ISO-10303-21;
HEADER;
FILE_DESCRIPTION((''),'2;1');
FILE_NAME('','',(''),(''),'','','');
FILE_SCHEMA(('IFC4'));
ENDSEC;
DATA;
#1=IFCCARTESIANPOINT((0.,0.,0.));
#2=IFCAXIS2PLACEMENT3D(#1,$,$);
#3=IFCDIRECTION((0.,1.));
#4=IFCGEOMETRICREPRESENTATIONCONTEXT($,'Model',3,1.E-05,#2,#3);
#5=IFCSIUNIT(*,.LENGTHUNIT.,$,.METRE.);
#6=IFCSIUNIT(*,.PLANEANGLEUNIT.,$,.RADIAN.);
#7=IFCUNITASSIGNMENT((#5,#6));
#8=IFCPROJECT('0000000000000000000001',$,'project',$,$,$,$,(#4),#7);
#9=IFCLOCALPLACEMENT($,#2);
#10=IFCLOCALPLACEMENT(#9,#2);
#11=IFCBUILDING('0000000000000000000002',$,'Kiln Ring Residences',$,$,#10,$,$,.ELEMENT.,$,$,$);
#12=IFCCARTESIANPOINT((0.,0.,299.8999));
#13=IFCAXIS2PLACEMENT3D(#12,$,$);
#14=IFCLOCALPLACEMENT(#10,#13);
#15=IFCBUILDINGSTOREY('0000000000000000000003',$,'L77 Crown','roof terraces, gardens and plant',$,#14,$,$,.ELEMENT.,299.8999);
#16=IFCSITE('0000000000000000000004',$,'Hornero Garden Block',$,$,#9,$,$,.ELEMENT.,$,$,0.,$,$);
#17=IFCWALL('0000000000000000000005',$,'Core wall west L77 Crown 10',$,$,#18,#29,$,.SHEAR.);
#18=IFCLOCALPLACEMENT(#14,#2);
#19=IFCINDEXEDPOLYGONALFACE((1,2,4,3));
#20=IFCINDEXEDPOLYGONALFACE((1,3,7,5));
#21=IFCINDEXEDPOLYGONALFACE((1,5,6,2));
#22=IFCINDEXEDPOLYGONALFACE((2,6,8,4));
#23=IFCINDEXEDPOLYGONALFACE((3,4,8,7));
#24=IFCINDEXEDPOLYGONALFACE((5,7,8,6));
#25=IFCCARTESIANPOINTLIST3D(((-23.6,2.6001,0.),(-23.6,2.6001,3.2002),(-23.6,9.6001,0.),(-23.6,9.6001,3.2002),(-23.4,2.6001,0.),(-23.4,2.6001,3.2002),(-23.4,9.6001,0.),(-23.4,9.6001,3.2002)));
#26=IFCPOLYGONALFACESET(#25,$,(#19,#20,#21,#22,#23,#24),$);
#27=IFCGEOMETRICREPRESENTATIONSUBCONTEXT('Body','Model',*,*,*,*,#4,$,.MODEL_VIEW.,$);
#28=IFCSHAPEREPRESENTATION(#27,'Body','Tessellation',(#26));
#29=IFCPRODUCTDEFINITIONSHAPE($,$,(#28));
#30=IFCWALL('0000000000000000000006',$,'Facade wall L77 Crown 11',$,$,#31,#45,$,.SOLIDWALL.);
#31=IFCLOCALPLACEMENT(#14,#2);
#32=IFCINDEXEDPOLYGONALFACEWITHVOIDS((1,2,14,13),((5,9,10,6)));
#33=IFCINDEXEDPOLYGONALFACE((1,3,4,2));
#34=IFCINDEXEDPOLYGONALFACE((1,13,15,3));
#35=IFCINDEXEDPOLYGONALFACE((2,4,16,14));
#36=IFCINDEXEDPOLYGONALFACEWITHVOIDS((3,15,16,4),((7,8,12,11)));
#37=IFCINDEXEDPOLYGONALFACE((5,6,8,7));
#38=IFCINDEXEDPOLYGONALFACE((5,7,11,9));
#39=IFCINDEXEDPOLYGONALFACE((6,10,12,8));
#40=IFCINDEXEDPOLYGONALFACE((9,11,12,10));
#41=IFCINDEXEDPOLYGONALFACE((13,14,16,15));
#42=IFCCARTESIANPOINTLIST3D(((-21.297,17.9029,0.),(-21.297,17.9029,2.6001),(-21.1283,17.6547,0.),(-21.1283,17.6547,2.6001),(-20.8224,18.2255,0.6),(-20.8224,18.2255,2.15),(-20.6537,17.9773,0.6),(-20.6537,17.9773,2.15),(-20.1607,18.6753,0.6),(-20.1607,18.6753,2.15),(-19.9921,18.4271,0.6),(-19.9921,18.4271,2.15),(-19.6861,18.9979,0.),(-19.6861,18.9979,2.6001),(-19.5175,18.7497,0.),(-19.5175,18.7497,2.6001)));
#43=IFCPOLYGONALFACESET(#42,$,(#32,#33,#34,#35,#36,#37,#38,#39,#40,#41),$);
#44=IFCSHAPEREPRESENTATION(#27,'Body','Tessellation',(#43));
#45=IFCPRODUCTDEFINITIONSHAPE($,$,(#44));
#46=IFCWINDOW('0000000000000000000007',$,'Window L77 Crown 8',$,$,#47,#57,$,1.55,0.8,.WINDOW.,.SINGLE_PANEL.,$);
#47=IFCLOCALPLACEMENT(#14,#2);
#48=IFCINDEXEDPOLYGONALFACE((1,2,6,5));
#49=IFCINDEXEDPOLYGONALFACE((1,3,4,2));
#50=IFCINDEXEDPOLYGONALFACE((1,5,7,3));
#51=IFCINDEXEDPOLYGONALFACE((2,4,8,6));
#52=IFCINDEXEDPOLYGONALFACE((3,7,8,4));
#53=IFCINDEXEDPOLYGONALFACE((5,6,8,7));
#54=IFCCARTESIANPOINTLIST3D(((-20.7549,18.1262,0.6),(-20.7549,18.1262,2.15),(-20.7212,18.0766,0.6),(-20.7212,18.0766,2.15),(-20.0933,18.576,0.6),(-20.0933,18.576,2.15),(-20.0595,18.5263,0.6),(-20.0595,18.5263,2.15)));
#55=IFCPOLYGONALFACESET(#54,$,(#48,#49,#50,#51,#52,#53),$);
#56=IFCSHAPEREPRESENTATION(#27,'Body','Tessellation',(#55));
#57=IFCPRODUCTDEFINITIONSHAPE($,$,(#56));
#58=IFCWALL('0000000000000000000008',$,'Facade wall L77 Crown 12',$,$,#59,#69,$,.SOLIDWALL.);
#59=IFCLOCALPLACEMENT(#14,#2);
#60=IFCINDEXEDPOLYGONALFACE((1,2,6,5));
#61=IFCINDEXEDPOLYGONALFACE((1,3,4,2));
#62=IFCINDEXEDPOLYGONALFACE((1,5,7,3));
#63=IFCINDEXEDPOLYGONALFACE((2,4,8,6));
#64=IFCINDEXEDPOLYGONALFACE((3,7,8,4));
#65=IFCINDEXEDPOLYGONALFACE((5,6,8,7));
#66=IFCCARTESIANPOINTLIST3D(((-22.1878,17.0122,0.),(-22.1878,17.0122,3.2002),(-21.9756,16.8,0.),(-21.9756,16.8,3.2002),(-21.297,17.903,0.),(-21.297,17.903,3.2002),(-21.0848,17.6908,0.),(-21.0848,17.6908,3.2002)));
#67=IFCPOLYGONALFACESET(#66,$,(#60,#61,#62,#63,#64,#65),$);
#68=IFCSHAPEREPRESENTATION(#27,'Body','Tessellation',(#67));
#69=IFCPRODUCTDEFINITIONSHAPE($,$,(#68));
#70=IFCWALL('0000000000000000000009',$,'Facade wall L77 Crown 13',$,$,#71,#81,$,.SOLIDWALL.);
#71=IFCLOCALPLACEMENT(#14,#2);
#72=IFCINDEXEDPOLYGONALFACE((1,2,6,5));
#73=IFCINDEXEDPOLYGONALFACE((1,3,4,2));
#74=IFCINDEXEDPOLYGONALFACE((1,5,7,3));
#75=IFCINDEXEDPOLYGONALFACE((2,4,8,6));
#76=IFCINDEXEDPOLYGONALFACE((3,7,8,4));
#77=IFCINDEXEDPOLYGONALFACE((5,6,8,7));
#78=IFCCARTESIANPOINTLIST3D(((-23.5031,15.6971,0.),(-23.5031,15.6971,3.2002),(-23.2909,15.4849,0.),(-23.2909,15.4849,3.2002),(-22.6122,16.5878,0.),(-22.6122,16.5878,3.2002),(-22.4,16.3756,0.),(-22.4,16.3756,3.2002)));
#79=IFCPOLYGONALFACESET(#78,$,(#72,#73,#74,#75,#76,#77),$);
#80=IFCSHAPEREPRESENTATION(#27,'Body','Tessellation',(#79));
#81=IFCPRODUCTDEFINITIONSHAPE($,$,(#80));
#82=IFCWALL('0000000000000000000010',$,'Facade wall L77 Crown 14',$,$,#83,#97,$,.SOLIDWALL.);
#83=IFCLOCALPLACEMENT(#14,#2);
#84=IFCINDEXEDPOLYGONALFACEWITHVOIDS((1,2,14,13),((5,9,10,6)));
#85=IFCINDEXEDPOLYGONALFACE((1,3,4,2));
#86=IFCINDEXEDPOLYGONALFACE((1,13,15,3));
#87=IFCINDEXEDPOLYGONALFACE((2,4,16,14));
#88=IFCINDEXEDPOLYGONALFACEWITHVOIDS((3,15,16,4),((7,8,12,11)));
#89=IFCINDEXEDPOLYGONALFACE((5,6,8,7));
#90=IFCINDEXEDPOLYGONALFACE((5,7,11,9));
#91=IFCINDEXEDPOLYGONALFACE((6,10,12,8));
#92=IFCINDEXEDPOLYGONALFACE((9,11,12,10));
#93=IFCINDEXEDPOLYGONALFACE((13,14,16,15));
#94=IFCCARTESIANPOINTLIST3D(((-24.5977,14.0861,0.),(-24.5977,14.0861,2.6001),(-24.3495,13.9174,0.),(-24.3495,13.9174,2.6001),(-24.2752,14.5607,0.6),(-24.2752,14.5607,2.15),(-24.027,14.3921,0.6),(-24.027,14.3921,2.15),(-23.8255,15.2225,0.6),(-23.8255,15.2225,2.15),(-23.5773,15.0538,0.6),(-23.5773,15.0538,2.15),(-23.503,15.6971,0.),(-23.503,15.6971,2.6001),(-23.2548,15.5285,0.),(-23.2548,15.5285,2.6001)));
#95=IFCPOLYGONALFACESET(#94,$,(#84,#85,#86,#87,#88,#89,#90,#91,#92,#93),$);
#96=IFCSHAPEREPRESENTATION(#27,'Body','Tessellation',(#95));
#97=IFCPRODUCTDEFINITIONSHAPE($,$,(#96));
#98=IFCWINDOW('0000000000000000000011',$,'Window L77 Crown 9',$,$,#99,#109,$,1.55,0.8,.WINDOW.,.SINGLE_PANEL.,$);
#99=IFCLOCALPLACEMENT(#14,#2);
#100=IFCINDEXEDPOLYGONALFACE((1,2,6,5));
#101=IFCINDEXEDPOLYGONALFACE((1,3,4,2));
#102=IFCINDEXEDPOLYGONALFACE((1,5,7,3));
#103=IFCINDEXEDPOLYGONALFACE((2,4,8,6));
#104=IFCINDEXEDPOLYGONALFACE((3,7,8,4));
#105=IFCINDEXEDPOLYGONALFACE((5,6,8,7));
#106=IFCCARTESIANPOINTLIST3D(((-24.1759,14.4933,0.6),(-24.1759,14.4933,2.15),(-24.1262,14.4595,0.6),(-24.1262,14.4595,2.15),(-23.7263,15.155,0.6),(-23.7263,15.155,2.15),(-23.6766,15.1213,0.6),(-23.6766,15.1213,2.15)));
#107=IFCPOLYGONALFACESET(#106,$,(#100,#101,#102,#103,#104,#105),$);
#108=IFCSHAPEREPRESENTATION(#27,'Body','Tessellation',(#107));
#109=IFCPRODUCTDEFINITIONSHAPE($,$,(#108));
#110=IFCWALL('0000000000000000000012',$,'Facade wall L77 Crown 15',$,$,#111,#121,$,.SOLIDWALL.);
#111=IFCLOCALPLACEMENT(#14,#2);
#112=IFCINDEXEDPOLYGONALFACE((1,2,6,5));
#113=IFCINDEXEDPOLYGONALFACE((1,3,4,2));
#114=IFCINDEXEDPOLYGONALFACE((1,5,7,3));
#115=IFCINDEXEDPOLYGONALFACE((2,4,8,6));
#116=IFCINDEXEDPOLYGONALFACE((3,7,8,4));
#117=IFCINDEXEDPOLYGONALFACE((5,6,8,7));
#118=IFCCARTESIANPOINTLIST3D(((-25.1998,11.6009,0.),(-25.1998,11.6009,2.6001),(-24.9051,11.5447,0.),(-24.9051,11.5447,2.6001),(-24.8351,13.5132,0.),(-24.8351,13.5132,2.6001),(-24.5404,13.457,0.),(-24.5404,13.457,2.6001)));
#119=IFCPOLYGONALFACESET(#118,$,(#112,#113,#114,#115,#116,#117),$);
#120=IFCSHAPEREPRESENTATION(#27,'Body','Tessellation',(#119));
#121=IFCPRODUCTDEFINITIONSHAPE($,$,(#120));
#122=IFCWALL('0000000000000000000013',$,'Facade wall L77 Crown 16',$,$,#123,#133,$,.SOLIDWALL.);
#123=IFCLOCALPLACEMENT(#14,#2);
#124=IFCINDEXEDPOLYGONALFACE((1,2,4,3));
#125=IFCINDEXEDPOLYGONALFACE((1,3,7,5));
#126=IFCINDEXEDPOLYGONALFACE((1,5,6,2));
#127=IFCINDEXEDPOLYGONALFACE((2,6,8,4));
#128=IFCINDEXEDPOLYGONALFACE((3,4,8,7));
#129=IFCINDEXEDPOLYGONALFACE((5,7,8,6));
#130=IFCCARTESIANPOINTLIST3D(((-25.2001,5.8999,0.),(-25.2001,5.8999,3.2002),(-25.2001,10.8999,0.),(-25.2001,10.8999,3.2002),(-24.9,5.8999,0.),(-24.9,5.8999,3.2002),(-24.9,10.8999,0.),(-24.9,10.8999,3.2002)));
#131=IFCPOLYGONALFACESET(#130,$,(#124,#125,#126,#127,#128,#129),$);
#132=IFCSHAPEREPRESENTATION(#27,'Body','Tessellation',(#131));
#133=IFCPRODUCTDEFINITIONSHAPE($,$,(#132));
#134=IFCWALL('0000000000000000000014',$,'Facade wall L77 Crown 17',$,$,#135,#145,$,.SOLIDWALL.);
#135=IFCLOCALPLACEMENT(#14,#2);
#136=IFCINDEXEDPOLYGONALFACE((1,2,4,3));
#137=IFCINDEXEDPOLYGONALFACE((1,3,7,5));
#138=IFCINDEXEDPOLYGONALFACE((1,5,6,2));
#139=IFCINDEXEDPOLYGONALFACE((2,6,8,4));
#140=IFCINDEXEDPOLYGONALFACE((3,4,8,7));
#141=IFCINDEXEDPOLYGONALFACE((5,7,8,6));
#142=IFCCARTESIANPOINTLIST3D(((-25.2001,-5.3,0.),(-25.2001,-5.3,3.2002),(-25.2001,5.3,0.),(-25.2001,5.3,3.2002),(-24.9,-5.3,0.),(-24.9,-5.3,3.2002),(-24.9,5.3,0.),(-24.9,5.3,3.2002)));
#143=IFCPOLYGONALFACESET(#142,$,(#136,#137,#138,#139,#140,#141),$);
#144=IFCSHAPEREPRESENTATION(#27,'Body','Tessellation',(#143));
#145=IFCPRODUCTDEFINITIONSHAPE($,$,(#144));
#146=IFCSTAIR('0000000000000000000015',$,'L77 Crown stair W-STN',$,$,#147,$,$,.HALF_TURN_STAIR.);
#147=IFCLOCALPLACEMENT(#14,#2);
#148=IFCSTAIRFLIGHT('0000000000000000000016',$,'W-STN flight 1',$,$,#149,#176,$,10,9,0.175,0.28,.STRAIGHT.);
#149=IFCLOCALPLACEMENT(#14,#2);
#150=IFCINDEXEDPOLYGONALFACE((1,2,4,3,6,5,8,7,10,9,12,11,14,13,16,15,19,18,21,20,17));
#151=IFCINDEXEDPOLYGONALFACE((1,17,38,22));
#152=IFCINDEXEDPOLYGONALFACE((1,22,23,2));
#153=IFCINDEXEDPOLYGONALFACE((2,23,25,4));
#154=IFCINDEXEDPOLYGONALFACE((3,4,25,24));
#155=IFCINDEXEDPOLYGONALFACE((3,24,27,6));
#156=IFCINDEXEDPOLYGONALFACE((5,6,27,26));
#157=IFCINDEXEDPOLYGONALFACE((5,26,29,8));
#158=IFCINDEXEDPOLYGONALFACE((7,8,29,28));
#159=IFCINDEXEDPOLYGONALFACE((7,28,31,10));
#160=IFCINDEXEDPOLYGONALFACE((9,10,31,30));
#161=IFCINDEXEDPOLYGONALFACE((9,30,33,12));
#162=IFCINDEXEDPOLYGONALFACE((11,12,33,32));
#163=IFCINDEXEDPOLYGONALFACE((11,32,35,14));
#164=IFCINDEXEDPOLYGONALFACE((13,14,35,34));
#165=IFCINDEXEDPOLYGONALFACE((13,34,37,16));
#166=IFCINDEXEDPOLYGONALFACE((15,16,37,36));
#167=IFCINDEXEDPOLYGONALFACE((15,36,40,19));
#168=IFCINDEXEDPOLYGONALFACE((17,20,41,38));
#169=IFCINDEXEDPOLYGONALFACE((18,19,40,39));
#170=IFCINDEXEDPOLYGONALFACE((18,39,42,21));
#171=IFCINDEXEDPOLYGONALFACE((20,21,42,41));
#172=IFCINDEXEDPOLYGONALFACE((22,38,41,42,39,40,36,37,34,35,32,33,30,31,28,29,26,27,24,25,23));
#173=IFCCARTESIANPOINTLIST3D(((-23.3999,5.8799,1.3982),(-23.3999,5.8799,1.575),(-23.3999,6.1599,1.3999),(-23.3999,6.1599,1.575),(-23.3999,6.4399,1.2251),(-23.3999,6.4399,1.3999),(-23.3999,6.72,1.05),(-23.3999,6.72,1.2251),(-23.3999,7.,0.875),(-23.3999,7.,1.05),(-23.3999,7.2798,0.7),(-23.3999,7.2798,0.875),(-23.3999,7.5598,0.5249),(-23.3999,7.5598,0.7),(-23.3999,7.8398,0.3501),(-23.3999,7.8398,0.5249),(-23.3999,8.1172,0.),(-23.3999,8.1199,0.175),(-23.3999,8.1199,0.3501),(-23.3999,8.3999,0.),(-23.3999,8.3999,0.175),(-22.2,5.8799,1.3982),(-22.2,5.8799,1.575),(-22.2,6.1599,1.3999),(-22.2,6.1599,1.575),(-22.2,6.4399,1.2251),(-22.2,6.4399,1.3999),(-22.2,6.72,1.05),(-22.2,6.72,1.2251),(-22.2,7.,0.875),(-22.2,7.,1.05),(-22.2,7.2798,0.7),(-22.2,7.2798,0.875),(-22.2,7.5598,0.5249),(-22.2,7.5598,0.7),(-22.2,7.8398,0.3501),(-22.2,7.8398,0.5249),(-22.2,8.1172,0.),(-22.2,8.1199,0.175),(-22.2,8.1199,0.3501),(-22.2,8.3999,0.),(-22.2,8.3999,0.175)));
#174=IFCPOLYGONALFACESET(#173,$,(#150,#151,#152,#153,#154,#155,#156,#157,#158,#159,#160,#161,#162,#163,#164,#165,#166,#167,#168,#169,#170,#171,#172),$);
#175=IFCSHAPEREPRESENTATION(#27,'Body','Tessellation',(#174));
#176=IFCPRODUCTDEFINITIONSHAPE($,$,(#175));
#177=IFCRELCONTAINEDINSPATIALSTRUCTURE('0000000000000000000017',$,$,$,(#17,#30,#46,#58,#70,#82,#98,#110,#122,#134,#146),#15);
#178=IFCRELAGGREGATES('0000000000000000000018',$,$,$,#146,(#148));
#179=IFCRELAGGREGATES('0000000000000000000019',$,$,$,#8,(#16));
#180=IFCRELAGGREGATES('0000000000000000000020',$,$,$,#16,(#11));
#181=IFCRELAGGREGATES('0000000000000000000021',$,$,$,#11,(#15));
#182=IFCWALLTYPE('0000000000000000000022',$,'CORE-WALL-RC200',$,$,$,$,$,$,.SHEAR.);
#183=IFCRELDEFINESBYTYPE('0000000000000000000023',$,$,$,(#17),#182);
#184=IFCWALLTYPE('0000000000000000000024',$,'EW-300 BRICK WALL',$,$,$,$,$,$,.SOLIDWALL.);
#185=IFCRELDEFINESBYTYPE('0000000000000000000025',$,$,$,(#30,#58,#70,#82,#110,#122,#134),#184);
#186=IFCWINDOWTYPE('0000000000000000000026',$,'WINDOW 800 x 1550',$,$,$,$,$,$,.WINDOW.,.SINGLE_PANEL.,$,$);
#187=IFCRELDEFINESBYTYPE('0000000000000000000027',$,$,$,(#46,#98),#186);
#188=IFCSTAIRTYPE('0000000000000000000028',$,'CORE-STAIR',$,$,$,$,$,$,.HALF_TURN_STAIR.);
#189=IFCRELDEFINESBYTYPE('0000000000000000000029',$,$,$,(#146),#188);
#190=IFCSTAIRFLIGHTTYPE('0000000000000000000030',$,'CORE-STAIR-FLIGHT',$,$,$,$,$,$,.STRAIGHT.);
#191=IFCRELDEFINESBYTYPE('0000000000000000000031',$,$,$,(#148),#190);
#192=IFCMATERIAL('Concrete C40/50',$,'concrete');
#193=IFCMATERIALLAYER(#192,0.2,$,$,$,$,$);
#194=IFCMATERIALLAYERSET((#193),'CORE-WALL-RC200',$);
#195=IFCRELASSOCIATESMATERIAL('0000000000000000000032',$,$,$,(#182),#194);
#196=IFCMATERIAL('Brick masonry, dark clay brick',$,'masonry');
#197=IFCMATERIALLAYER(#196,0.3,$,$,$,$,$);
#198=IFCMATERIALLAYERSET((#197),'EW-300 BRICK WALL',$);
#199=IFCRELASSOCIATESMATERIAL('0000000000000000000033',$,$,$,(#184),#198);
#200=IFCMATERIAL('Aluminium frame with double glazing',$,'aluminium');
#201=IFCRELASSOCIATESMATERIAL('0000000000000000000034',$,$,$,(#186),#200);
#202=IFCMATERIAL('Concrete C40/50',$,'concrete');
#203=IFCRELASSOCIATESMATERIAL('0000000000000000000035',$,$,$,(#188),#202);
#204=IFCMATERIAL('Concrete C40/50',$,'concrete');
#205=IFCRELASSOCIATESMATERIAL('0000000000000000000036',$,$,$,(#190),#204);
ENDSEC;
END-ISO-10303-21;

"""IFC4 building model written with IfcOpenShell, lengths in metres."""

from ifc_helpers import new_model, si_unit, direction, frame, frame_2d, origin, place, context, subcontext, project, spatial, polyline, rectangle, outline, extrude, material, layer, layer_set, type_object, element, fill, aggregate, save


model = new_model("IFC4")

# Units and contexts
model_context = context("Model", 3, precision=1e-05, world=origin(), true_north=direction((0.0, 1.0)))
body_context = subcontext(model_context, "Body", "Model", "MODEL_VIEW")
ifc_project = project(units=[si_unit("LENGTHUNIT", "METRE"), si_unit("PLANEANGLEUNIT", "RADIAN")], contexts=[model_context])

# Site, building, storey
site_placement = place(None, origin())
site = spatial("IfcSite", under=ifc_project, at=site_placement, Name="Hornero Garden Block", CompositionType="ELEMENT", RefElevation=0.0)
building_placement = place(site_placement, origin())
building = spatial("IfcBuilding", under=site, at=building_placement, Name="Kiln Ring Residences", CompositionType="ELEMENT")
storey_placement = place(building_placement, frame((0.0, 0.0, 299.8999)))
storey = spatial("IfcBuildingStorey", under=building, at=storey_placement, Name="L77 Crown", Description="roof terraces, gardens and plant", CompositionType="ELEMENT", Elevation=299.8999)

# Wall
ifc_material_1 = material(Name="Concrete C40/50", Category="concrete")
ifc_layer_1 = layer(ifc_material_1, 0.2)
ifc_layer_set_1 = layer_set([ifc_layer_1], Name="CORE-WALL-RC200")
wall_type_1 = type_object("IfcWallType", Name="CORE-WALL-RC200", PredefinedType="SHEAR", material=ifc_layer_set_1)
wall_1_placement = place(storey_placement, frame((-23.5, 2.6001, 0.0), z_axis=(0.0, 0.0, 1.0), x_axis=(0.0, 1.0, 0.0)))
element("IfcWall", 1, at=wall_1_placement, inside=storey, type_object=wall_type_1, Name="Core wall west L77 Crown 10", PredefinedType="SHEAR", context=body_context, shape_type="SweptSolid", body=[
    extrude(rectangle(XDim=7.0, YDim=0.2, at=frame_2d((3.5, 0.0))), origin(), (0.0, 0.0, 1.0), 3.2002),
])

# Wall, opening, window
ifc_material_2 = material(Name="Brick masonry, dark clay brick", Category="masonry")
ifc_layer_2 = layer(ifc_material_2, 0.3)
ifc_layer_set_2 = layer_set([ifc_layer_2], Name="EW-300 BRICK WALL")
wall_type_2 = type_object("IfcWallType", Name="EW-300 BRICK WALL", PredefinedType="SOLIDWALL", material=ifc_layer_set_2)
wall_2_placement = place(storey_placement, frame((-19.6018, 18.8738, 0.0), z_axis=(0.0, 0.0, 1.0), x_axis=(-0.827022, -0.562169, 0.0)))
wall_2 = element("IfcWall", 2, at=wall_2_placement, inside=storey, type_object=wall_type_2, Name="Facade wall L77 Crown 11", PredefinedType="SOLIDWALL", context=body_context, shape_type="SweptSolid", body=[
    extrude(rectangle(XDim=1.9478, YDim=0.3, at=frame_2d((0.9739, 0.0))), origin(), (0.0, 0.0, 1.0), 2.6001),
])
opening_1_placement = place(wall_2_placement, frame((0.574, 0.0, 0.6001)))
opening_1 = element("IfcOpeningElement", 3, at=opening_1_placement, cuts=wall_2, PredefinedType="OPENING", context=body_context, shape_type="SweptSolid", body=[
    extrude(rectangle(XDim=0.8, YDim=1.55, at=frame_2d((0.3999, 0.7749))), frame((0.0, 0.1599, 0.0), z_axis=(0.0, -1.0, 0.0), x_axis=(1.0, 0.0, 0.0)), (0.0, 0.0, 1.0), 0.3201),
])
ifc_material_3 = material(Name="Aluminium frame with double glazing", Category="aluminium")
window_type = type_object("IfcWindowType", Name="WINDOW 800 x 1550", PartitioningType="SINGLE_PANEL", PredefinedType="WINDOW", material=ifc_material_3)
window_1_placement = place(opening_1_placement, origin())
window_1 = element("IfcWindow", 4, at=window_1_placement, inside=storey, type_object=window_type, Name="Window L77 Crown 8", OverallHeight=1.55, OverallWidth=0.8, PartitioningType="SINGLE_PANEL", PredefinedType="WINDOW", context=body_context, shape_type="SweptSolid", body=[
    extrude(rectangle(XDim=0.8, YDim=1.55, at=frame_2d((0.3999, 0.7749))), frame((0.0, 0.03, 0.0), z_axis=(0.0, -1.0, 0.0), x_axis=(1.0, 0.0, 0.0)), (0.0, 0.0, 1.0), 0.0601),
])
fill(opening_1, window_1)

# Walls
for number, where, z_axis, x_axis, name in (
    (5, (-21.1909, 17.7969, 0.0), (0.0, 0.0, 1.0), (-0.707107, -0.707107, 0.0), "Facade wall L77 Crown 12"),
    (6, (-22.5061, 16.4817, 0.0), (0.0, 0.0, 1.0), (-0.707204, -0.70701, 0.0), "Facade wall L77 Crown 13"),
):
    element("IfcWall", number, at=place(storey_placement, frame(where, z_axis=z_axis, x_axis=x_axis)), inside=storey, type_object=wall_type_2, Name=name, PredefinedType="SOLIDWALL", context=body_context, shape_type="SweptSolid", body=[
        extrude(rectangle(XDim=1.2598, YDim=0.3, at=frame_2d((0.6299, 0.0))), origin(), (0.0, 0.0, 1.0), 3.2002),
    ])

# Wall, opening, window
wall_3_placement = place(storey_placement, frame((-23.3789, 15.6128, 0.0), z_axis=(0.0, 0.0, 1.0), x_axis=(-0.562025, -0.82712, 0.0)))
wall_3 = element("IfcWall", 7, at=wall_3_placement, inside=storey, type_object=wall_type_2, Name="Facade wall L77 Crown 14", PredefinedType="SOLIDWALL", context=body_context, shape_type="SweptSolid", body=[
    extrude(rectangle(XDim=1.9478, YDim=0.3, at=frame_2d((0.9739, 0.0))), origin(), (0.0, 0.0, 1.0), 2.6001),
])
opening_2_placement = place(wall_3_placement, frame((0.574, 0.0, 0.6001)))
opening_2 = element("IfcOpeningElement", 8, at=opening_2_placement, cuts=wall_3, PredefinedType="OPENING", context=body_context, shape_type="SweptSolid", body=[
    extrude(rectangle(XDim=0.8, YDim=1.55, at=frame_2d((0.3999, 0.7749))), frame((0.0, 0.1599, 0.0), z_axis=(0.0, -1.0, 0.0), x_axis=(1.0, 0.0, 0.0)), (0.0, 0.0, 1.0), 0.3201),
])
window_2_placement = place(opening_2_placement, origin())
window_2 = element("IfcWindow", 9, at=window_2_placement, inside=storey, type_object=window_type, Name="Window L77 Crown 9", OverallHeight=1.55, OverallWidth=0.8, PartitioningType="SINGLE_PANEL", PredefinedType="WINDOW", context=body_context, shape_type="SweptSolid", body=[
    extrude(rectangle(XDim=0.8, YDim=1.55, at=frame_2d((0.3999, 0.7749))), frame((0.0, 0.03, 0.0), z_axis=(0.0, -1.0, 0.0), x_axis=(1.0, 0.0, 0.0)), (0.0, 0.0, 1.0), 0.0601),
])
fill(opening_2, window_2)

# Walls
wall_4_placement = place(storey_placement, frame((-24.6877, 13.4851, 0.0), z_axis=(0.0, 0.0, 1.0), x_axis=(-0.187354, -0.982292, 0.0)))
element("IfcWall", 10, at=wall_4_placement, inside=storey, type_object=wall_type_2, Name="Facade wall L77 Crown 15", PredefinedType="SOLIDWALL", context=body_context, shape_type="SweptSolid", body=[
    extrude(rectangle(XDim=1.9468, YDim=0.3, at=frame_2d((0.9734, 0.0))), origin(), (0.0, 0.0, 1.0), 2.6001),
])
wall_5_placement = place(storey_placement, frame((-25.05, 10.8999, 0.0), z_axis=(0.0, 0.0, 1.0), x_axis=(0.0, -1.0, 0.0)))
element("IfcWall", 11, at=wall_5_placement, inside=storey, type_object=wall_type_2, Name="Facade wall L77 Crown 16", PredefinedType="SOLIDWALL", context=body_context, shape_type="SweptSolid", body=[
    extrude(rectangle(XDim=5.0, YDim=0.3, at=frame_2d((2.5, 0.0))), origin(), (0.0, 0.0, 1.0), 3.2002),
])
wall_6_placement = place(storey_placement, frame((-25.05, 5.3, 0.0), z_axis=(0.0, 0.0, 1.0), x_axis=(0.0, -1.0, 0.0)))
element("IfcWall", 12, at=wall_6_placement, inside=storey, type_object=wall_type_2, Name="Facade wall L77 Crown 17", PredefinedType="SOLIDWALL", context=body_context, shape_type="SweptSolid", body=[
    extrude(rectangle(XDim=10.6001, YDim=0.3, at=frame_2d((5.3, 0.0))), origin(), (0.0, 0.0, 1.0), 3.2002),
])

# Stair, stair flight
ifc_material_4 = material(Name="Concrete C40/50", Category="concrete")
stair_type = type_object("IfcStairType", Name="CORE-STAIR", PredefinedType="HALF_TURN_STAIR", material=ifc_material_4)
stair_placement = place(storey_placement, origin())
stair = element("IfcStair", 13, at=stair_placement, inside=storey, type_object=stair_type, Name="L77 Crown stair W-STN", PredefinedType="HALF_TURN_STAIR")
ifc_material_5 = material(Name="Concrete C40/50", Category="concrete")
stair_flight_type = type_object("IfcStairFlightType", Name="CORE-STAIR-FLIGHT", PredefinedType="STRAIGHT", material=ifc_material_5)
stair_flight_1_placement = place(storey_placement, frame((-22.8, 8.3999, 0.0), z_axis=(0.0, 0.0, 1.0), x_axis=(0.0, -1.0, 0.0)))
stair_flight_1 = element("IfcStairFlight", 14, at=stair_flight_1_placement, type_object=stair_flight_type, Name="W-STN flight 1", NumberOfRisers=10, NumberOfTreads=9, PredefinedType="STRAIGHT", RiserHeight=0.175, TreadLength=0.28, context=body_context, shape_type="SweptSolid", body=[
    extrude(outline(polyline([(0.0, 0.0), (0.0, 0.175), (0.28, 0.175), (0.28, 0.3501), (0.5601, 0.3501), (0.5601, 0.5249), (0.8401, 0.5249), (0.8401, 0.7), (1.1201, 0.7), (1.1201, 0.875), (1.3999, 0.875), (1.3999, 1.05), (1.6799, 1.05), (1.6799, 1.2251), (1.96, 1.2251), (1.96, 1.3999), (2.24, 1.3999), (2.24, 1.575), (2.52, 1.575), (2.52, 1.75), (2.52, 1.3982), (0.2827, 0.0), (0.0, 0.0)])), frame((0.0, 0.6001, 0.0), z_axis=(0.0, -1.0, 0.0), x_axis=(1.0, 0.0, 0.0)), (0.0, 0.0, 1.0), 1.2),
])
aggregate(stair, [stair_flight_1])

save(model, "model.ifc")
